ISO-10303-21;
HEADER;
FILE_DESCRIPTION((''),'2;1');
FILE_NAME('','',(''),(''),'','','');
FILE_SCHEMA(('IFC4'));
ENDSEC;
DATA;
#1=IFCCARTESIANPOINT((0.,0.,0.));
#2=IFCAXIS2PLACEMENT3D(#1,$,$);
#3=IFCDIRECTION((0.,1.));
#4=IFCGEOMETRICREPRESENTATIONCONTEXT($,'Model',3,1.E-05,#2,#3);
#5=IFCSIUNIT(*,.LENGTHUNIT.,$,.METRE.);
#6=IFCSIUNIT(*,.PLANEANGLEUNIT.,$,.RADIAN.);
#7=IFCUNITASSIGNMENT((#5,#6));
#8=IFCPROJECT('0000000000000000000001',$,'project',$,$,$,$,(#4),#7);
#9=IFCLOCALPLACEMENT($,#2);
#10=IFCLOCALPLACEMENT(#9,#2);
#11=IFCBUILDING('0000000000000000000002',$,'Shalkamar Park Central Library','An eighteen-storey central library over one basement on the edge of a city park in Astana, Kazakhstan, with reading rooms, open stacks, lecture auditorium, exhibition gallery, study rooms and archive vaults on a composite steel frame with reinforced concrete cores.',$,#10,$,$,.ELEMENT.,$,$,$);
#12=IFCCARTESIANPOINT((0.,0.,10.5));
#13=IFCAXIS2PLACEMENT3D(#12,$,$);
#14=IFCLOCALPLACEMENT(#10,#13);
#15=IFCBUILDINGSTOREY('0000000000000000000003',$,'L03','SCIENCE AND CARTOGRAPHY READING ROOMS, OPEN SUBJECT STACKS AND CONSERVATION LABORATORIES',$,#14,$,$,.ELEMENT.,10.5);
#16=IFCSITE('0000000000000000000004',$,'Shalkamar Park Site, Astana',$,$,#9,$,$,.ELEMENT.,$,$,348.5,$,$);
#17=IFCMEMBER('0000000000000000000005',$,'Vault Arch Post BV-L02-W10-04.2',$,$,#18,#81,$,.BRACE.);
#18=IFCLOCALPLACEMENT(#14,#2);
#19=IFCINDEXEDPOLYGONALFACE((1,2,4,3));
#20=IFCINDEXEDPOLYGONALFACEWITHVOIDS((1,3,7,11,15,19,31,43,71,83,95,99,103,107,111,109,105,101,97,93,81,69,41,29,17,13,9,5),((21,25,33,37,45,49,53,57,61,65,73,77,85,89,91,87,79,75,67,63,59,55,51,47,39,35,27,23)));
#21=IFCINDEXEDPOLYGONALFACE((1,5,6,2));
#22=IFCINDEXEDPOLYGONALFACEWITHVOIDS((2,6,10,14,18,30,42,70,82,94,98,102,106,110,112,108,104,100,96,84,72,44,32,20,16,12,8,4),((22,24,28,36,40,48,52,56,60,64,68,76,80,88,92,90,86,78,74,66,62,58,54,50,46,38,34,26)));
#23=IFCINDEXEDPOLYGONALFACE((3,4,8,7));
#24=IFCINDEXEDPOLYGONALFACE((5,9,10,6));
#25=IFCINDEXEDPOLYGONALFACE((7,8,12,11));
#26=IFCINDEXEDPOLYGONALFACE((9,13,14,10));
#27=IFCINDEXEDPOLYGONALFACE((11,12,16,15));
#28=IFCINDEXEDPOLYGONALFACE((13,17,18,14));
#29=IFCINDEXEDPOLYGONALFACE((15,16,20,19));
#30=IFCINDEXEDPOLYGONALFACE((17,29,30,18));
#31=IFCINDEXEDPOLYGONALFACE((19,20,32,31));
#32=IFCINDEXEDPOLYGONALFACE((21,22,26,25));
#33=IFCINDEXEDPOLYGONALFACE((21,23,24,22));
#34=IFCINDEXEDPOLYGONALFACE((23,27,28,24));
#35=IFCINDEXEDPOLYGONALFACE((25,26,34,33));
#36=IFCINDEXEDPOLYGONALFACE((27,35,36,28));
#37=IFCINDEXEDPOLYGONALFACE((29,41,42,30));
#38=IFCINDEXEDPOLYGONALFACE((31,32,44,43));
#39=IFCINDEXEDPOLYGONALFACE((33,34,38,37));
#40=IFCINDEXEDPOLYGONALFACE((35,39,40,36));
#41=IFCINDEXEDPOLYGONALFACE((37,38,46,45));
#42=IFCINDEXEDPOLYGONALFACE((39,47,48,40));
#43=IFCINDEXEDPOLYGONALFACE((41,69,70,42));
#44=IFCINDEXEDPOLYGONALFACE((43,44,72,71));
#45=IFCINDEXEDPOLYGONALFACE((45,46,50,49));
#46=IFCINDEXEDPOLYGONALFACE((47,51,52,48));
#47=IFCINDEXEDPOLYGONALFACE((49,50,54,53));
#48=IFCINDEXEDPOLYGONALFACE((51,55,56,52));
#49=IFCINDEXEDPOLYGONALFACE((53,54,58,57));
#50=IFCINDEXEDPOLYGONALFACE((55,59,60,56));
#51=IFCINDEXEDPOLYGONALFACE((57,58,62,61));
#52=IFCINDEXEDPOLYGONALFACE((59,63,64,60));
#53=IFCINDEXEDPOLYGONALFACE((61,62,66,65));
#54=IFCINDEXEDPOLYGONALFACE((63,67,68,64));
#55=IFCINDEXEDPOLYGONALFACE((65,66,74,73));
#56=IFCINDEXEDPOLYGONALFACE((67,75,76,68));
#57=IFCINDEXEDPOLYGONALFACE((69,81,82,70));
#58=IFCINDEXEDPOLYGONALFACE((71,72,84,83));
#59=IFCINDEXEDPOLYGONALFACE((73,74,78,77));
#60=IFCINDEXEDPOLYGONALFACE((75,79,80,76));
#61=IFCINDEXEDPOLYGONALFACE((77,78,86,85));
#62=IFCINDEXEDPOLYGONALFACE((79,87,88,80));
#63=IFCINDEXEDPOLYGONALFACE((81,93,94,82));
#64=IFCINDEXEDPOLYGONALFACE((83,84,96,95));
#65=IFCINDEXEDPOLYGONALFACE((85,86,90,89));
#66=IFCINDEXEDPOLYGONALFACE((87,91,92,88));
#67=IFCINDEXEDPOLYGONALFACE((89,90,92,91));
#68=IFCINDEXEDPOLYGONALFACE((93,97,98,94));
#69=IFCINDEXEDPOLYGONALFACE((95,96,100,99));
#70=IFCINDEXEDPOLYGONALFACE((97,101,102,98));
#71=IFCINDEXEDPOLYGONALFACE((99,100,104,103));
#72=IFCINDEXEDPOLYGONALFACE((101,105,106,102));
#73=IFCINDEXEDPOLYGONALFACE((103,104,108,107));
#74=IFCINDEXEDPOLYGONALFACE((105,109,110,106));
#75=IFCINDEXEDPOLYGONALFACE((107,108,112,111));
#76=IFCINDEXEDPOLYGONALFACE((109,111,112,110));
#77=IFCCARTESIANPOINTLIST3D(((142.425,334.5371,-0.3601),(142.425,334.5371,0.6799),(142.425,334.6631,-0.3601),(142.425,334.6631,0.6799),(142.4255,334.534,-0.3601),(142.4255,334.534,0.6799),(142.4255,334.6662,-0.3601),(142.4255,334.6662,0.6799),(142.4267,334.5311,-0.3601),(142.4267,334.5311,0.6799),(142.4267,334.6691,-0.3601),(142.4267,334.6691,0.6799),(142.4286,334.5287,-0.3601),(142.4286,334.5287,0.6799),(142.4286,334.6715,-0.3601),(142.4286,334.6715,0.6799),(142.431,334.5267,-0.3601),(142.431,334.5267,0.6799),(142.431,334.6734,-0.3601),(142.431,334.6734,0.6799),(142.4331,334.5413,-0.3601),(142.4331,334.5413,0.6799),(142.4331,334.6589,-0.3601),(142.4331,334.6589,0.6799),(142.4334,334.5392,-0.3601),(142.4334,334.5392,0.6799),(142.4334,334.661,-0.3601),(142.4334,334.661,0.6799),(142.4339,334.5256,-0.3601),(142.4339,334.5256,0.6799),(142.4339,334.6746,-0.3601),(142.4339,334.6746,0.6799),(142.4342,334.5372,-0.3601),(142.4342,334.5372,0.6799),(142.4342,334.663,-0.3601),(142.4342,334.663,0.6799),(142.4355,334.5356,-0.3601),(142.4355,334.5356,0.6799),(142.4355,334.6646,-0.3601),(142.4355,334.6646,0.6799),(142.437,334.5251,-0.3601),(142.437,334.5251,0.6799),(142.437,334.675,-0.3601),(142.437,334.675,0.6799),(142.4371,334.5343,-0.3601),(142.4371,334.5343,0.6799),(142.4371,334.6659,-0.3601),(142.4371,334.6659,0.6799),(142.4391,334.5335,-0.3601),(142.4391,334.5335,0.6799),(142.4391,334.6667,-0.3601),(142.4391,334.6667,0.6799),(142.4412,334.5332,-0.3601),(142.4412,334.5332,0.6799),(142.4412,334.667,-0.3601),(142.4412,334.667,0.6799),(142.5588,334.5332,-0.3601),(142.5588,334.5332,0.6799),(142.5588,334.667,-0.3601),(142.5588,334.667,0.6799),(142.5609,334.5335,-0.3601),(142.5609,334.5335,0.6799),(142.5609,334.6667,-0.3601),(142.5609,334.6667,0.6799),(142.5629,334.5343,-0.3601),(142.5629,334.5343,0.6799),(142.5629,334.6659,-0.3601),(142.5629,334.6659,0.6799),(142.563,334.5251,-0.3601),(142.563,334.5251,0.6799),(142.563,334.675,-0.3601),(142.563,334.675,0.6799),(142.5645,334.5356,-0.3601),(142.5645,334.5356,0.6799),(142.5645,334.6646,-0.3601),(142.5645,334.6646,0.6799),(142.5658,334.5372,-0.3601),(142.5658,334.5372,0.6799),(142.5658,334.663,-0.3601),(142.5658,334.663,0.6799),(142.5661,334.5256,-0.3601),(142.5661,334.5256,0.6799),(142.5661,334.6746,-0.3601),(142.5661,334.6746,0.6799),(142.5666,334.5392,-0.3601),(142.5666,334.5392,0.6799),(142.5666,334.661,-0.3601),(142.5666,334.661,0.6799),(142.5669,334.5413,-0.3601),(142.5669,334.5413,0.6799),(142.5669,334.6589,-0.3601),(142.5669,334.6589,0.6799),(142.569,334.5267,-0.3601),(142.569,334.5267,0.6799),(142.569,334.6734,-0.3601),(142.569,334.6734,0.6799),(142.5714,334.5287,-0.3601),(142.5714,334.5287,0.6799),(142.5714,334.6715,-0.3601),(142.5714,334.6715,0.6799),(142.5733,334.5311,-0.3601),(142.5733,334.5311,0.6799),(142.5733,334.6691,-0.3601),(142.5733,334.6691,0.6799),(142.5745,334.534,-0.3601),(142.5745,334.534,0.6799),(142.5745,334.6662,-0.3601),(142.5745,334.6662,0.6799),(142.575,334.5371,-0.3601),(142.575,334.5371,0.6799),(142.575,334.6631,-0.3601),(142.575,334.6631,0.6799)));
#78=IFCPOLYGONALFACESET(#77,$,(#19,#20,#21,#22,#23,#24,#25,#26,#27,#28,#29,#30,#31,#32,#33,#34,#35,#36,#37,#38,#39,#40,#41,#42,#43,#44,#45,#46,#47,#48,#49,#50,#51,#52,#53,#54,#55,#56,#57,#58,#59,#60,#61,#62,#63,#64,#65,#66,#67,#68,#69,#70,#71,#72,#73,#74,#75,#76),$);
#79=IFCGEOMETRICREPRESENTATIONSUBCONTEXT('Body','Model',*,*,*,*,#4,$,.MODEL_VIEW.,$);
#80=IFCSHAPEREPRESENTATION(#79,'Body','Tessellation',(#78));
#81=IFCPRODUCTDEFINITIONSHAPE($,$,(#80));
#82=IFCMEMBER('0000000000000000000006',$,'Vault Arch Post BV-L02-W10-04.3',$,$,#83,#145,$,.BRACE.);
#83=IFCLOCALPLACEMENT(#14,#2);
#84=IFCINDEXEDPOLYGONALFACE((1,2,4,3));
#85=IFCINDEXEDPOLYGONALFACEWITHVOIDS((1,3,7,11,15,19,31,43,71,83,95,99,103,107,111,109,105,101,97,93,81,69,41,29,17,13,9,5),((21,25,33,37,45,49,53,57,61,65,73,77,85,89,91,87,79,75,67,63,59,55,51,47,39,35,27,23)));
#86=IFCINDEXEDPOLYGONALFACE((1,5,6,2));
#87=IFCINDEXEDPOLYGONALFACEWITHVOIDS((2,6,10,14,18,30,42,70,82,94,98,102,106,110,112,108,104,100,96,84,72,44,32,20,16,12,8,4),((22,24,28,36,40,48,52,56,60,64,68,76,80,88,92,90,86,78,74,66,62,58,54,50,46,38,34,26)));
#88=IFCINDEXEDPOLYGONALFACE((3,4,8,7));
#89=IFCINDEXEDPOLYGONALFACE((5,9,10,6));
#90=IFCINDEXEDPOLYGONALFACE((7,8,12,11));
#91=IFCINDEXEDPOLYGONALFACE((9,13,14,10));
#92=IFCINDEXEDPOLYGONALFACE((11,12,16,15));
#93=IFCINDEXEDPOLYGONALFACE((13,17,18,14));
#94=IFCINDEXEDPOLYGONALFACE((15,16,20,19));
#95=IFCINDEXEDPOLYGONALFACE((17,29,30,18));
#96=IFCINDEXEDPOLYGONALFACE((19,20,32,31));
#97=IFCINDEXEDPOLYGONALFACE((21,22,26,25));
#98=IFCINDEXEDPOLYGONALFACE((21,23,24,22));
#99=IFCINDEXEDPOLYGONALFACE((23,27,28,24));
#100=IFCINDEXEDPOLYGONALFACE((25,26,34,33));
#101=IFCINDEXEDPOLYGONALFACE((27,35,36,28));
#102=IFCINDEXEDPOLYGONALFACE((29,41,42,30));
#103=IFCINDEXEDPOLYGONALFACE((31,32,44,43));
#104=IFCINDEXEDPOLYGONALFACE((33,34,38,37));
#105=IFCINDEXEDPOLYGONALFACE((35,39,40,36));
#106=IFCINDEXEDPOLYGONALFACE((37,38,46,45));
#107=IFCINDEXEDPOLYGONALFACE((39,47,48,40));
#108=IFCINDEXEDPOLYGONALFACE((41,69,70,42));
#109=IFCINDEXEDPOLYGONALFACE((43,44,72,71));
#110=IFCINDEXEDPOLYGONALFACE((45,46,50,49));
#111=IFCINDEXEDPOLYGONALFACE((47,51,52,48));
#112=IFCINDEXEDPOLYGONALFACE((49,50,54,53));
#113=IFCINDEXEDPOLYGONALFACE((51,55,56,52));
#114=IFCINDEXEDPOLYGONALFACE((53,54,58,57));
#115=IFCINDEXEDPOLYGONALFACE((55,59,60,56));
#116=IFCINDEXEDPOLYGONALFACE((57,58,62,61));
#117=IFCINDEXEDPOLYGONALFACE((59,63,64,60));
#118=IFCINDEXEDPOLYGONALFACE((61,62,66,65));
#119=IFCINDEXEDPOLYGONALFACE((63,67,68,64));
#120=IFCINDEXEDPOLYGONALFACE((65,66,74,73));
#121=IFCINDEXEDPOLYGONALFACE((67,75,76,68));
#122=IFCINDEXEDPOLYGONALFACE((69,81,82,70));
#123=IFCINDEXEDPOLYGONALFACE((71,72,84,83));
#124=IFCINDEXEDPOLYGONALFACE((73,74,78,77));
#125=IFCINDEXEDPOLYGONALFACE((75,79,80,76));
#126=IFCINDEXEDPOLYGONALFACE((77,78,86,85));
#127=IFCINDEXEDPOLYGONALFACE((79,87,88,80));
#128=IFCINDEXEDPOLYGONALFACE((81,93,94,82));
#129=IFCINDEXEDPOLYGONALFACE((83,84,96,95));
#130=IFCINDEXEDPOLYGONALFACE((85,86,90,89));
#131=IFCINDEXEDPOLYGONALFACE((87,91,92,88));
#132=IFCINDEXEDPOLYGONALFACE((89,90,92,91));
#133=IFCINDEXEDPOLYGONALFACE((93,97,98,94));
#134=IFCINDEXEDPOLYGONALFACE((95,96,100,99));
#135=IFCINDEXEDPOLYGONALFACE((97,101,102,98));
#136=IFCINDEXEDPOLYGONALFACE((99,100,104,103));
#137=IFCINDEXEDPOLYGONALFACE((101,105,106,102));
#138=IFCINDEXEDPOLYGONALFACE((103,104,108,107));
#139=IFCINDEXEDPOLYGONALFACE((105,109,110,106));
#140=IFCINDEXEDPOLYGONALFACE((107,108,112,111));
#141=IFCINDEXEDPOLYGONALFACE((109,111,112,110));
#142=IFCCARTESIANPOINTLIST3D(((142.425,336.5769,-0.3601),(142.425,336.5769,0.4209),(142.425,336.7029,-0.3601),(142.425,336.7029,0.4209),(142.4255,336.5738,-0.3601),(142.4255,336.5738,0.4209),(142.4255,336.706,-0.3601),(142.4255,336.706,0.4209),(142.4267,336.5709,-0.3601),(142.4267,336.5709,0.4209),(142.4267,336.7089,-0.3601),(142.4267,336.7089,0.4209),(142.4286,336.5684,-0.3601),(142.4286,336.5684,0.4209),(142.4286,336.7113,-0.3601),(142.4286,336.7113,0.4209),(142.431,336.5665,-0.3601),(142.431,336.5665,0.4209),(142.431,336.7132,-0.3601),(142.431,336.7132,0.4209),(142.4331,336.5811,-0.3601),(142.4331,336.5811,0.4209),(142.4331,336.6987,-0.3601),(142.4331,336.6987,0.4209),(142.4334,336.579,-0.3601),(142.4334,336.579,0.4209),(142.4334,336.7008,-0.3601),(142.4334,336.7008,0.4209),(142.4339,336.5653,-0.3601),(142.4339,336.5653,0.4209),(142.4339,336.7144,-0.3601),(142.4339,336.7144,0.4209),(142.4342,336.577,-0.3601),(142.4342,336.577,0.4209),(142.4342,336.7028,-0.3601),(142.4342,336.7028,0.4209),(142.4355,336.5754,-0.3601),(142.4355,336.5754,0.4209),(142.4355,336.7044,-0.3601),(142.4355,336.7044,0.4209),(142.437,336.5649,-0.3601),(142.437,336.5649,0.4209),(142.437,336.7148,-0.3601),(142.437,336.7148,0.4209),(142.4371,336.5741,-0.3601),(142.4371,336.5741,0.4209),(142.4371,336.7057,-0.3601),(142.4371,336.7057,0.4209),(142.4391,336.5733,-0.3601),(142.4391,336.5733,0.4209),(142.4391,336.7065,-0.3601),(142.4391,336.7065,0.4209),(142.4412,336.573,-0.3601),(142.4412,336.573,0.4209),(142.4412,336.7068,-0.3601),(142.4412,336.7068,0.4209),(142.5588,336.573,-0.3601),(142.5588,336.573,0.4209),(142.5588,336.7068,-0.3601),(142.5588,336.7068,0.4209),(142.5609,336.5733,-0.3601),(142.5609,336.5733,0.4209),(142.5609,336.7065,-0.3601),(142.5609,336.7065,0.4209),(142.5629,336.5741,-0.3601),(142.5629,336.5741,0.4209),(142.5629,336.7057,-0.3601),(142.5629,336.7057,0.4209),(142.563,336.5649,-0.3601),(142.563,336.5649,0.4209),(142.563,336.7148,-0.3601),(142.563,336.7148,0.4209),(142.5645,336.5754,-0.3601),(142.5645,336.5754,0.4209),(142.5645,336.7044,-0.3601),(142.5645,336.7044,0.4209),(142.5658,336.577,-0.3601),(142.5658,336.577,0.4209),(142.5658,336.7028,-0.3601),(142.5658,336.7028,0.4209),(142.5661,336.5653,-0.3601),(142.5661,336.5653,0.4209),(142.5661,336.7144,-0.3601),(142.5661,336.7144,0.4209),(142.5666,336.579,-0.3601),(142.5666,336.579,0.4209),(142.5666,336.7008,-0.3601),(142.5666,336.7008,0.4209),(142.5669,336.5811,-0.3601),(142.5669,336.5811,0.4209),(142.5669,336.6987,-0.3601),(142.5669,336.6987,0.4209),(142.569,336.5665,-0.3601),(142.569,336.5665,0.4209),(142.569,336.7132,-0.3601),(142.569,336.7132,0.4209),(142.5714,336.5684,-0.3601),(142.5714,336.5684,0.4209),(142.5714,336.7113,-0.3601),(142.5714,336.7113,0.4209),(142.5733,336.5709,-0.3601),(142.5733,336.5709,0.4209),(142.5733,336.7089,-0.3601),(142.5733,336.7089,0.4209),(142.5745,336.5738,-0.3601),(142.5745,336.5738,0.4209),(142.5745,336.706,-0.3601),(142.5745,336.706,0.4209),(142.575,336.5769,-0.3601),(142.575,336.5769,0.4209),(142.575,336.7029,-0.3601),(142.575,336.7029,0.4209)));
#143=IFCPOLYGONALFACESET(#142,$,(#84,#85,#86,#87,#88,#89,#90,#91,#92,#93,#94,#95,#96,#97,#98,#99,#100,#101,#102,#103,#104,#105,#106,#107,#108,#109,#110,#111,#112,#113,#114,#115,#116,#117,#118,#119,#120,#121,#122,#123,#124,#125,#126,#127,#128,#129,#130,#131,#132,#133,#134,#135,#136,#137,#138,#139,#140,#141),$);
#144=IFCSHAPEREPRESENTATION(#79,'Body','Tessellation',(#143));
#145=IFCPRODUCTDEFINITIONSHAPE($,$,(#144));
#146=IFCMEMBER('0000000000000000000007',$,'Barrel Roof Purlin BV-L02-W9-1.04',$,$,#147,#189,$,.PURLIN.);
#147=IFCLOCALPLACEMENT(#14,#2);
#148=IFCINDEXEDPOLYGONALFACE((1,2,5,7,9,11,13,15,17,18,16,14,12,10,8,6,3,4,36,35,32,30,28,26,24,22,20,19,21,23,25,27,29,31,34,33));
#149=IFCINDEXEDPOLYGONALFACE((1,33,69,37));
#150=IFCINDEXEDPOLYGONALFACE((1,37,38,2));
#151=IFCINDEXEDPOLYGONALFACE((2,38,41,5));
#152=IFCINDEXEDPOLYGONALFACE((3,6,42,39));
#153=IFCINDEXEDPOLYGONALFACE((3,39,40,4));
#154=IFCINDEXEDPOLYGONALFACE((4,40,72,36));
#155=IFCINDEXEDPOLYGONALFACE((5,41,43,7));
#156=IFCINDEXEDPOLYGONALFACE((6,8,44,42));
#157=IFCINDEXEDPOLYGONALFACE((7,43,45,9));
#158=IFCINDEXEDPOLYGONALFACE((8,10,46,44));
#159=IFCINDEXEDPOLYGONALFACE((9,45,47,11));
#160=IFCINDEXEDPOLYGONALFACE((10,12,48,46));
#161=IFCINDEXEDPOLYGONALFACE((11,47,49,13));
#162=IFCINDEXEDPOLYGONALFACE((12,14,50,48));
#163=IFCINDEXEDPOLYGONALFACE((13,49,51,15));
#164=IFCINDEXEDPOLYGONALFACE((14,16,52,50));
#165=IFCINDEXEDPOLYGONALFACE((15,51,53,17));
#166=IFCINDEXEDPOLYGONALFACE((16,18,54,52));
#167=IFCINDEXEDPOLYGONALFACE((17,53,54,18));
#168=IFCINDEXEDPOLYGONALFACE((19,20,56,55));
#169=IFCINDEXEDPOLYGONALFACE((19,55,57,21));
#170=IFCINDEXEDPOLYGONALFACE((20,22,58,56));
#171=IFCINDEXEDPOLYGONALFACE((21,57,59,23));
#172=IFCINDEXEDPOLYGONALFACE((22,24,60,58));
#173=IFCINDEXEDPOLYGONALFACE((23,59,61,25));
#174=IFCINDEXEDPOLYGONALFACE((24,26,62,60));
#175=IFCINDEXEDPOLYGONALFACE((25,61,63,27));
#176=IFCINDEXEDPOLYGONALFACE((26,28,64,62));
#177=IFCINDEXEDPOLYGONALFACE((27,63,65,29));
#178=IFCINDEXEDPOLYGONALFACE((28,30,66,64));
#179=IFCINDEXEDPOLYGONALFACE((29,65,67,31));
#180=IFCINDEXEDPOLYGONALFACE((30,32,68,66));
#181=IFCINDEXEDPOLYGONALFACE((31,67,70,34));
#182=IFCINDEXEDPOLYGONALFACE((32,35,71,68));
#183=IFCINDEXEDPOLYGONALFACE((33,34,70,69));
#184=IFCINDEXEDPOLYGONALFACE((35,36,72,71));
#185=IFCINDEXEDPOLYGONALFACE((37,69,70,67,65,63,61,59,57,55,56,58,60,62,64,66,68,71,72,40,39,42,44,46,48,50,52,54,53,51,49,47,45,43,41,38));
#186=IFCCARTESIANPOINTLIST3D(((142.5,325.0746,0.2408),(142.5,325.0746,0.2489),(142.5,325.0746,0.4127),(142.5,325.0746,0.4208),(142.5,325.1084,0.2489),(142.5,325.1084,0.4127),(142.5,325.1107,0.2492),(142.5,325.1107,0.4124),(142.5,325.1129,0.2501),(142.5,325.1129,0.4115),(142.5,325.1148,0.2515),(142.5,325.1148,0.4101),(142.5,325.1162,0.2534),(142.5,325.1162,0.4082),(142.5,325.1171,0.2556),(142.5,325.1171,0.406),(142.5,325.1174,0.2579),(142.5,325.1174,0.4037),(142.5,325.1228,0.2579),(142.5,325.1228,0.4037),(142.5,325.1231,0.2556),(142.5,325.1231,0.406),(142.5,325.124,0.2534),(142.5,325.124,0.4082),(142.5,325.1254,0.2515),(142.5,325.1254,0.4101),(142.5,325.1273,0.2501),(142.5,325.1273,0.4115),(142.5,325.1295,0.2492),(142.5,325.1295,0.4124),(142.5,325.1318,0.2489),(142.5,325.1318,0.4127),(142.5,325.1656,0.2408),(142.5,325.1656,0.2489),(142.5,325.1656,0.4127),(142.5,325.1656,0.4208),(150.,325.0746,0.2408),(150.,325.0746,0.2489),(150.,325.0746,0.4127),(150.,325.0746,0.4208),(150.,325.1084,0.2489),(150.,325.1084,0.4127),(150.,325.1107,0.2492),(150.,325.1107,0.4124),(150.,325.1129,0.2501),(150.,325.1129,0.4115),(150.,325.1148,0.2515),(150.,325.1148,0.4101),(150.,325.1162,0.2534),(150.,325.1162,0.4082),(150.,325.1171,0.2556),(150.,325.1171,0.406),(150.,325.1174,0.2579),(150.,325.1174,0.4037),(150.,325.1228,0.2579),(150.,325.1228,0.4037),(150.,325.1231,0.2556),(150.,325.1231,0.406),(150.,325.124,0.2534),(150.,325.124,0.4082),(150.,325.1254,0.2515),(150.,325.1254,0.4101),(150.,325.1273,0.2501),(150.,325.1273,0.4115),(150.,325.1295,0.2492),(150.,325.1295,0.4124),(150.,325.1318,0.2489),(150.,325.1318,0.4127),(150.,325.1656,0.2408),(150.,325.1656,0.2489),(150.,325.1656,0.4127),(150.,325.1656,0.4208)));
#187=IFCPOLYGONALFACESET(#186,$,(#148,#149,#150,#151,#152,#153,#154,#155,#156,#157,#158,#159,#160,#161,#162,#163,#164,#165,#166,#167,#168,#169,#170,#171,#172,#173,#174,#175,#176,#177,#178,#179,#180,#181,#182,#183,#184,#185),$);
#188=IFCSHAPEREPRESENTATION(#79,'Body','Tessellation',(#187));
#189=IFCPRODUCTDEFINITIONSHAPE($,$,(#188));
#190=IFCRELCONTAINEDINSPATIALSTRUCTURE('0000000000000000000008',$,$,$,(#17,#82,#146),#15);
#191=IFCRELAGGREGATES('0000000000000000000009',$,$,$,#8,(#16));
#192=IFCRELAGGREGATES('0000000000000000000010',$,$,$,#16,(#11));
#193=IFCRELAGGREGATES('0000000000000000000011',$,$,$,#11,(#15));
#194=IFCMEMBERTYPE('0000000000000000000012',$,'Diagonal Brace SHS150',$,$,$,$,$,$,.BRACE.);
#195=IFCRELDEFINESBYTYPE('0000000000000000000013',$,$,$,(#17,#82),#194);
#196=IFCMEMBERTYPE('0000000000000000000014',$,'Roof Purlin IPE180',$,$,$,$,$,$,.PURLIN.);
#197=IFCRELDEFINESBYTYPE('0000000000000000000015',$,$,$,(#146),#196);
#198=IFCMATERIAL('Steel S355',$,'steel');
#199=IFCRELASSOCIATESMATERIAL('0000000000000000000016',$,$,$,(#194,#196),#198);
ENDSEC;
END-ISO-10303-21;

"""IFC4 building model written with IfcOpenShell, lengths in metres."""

from ifc_helpers import new_model, si_unit, direction, frame, origin, origin_2d, place, context, subcontext, project, spatial, hollow_rectangle, i_section, extrude, material, material_profile, profile_set, type_object, element, save


model = new_model("IFC4")

# Units and contexts
model_context = context("Model", 3, precision=1e-05, world=origin(), true_north=direction((0.0, 1.0)))
body_context = subcontext(model_context, "Body", "Model", "MODEL_VIEW")
ifc_project = project(units=[si_unit("LENGTHUNIT", "METRE"), si_unit("PLANEANGLEUNIT", "RADIAN")], contexts=[model_context])

# Site, building, storey
site_placement = place(None, origin())
site = spatial("IfcSite", under=ifc_project, at=site_placement, Name="Shalkamar Park Site, Astana", CompositionType="ELEMENT", RefElevation=348.5)
building_placement = place(site_placement, origin())
building = spatial("IfcBuilding", under=site, at=building_placement, Name="Shalkamar Park Central Library", Description="An eighteen-storey central library over one basement on the edge of a city park in Astana, Kazakhstan, with reading rooms, open stacks, lecture auditorium, exhibition gallery, study rooms and archive vaults on a composite steel frame with reinforced concrete cores.", CompositionType="ELEMENT")
storey_placement = place(building_placement, frame((0.0, 0.0, 10.5)))
storey = spatial("IfcBuildingStorey", under=building, at=storey_placement, Name="L03", Description="SCIENCE AND CARTOGRAPHY READING ROOMS, OPEN SUBJECT STACKS AND CONSERVATION LABORATORIES", CompositionType="ELEMENT", Elevation=10.5)

# Members
ifc_material_1 = material(Name="Steel S355", Category="steel")
ifc_material_profile_1 = material_profile(ifc_material_1, hollow_rectangle(XDim=0.1499, YDim=0.1499, WallThickness=0.0081, InnerFilletRadius=0.0081, OuterFilletRadius=0.012, at=origin_2d()), Name="SHS 150x150x8")
ifc_profile_set_1 = profile_set([ifc_material_profile_1], Name="Steel S355")
member_type_1 = type_object("IfcMemberType", Name="Diagonal Brace SHS150", PredefinedType="BRACE", material=ifc_profile_set_1)
member_1_placement = place(storey_placement, frame((142.5, 334.6001, -0.3601), z_axis=(0.0, 0.0, 1.0), x_axis=(1.0, 0.0, 0.0)))
element("IfcMember", 1, at=member_1_placement, inside=storey, type_object=member_type_1, Name="Vault Arch Post BV-L02-W10-04.2", PredefinedType="BRACE", context=body_context, shape_type="SweptSolid", body=[
    extrude(hollow_rectangle(XDim=0.1499, YDim=0.1499, WallThickness=0.0081, InnerFilletRadius=0.0081, OuterFilletRadius=0.012, at=origin_2d()), origin(), (0.0, 0.0, 1.0), 1.04),
])
member_2_placement = place(storey_placement, frame((142.5, 336.6399, -0.3601), z_axis=(0.0, 0.0, 1.0), x_axis=(1.0, 0.0, 0.0)))
element("IfcMember", 2, at=member_2_placement, inside=storey, type_object=member_type_1, Name="Vault Arch Post BV-L02-W10-04.3", PredefinedType="BRACE", context=body_context, shape_type="SweptSolid", body=[
    extrude(hollow_rectangle(XDim=0.1499, YDim=0.1499, WallThickness=0.0081, InnerFilletRadius=0.0081, OuterFilletRadius=0.012, at=origin_2d()), origin(), (0.0, 0.0, 1.0), 0.781),
])
ifc_material_profile_2 = material_profile(ifc_material_1, i_section(OverallWidth=0.0911, OverallDepth=0.1799, WebThickness=0.0054, FlangeThickness=0.0081, FilletRadius=0.009, at=origin_2d()), Name="IPE 180")
ifc_profile_set_2 = profile_set([ifc_material_profile_2], Name="Steel S355")
member_type_2 = type_object("IfcMemberType", Name="Roof Purlin IPE180", PredefinedType="PURLIN", material=ifc_profile_set_2)
for number, where, z_axis, x_axis, name in (
    (3, (142.5, 325.1201, 0.3308), (1.0, 0.0, 0.0), (0.0, 1.0, 0.0), "Barrel Roof Purlin BV-L02-W9-1.04"),
):
    element("IfcMember", number, at=place(storey_placement, frame(where, z_axis=z_axis, x_axis=x_axis)), inside=storey, type_object=member_type_2, Name=name, PredefinedType="PURLIN", context=body_context, shape_type="SweptSolid", body=[
        extrude(i_section(OverallWidth=0.0911, OverallDepth=0.1799, WebThickness=0.0054, FlangeThickness=0.0081, FilletRadius=0.009, at=origin_2d()), origin(), (0.0, 0.0, 1.0), 7.5),
    ])

save(model, "model.ifc")
